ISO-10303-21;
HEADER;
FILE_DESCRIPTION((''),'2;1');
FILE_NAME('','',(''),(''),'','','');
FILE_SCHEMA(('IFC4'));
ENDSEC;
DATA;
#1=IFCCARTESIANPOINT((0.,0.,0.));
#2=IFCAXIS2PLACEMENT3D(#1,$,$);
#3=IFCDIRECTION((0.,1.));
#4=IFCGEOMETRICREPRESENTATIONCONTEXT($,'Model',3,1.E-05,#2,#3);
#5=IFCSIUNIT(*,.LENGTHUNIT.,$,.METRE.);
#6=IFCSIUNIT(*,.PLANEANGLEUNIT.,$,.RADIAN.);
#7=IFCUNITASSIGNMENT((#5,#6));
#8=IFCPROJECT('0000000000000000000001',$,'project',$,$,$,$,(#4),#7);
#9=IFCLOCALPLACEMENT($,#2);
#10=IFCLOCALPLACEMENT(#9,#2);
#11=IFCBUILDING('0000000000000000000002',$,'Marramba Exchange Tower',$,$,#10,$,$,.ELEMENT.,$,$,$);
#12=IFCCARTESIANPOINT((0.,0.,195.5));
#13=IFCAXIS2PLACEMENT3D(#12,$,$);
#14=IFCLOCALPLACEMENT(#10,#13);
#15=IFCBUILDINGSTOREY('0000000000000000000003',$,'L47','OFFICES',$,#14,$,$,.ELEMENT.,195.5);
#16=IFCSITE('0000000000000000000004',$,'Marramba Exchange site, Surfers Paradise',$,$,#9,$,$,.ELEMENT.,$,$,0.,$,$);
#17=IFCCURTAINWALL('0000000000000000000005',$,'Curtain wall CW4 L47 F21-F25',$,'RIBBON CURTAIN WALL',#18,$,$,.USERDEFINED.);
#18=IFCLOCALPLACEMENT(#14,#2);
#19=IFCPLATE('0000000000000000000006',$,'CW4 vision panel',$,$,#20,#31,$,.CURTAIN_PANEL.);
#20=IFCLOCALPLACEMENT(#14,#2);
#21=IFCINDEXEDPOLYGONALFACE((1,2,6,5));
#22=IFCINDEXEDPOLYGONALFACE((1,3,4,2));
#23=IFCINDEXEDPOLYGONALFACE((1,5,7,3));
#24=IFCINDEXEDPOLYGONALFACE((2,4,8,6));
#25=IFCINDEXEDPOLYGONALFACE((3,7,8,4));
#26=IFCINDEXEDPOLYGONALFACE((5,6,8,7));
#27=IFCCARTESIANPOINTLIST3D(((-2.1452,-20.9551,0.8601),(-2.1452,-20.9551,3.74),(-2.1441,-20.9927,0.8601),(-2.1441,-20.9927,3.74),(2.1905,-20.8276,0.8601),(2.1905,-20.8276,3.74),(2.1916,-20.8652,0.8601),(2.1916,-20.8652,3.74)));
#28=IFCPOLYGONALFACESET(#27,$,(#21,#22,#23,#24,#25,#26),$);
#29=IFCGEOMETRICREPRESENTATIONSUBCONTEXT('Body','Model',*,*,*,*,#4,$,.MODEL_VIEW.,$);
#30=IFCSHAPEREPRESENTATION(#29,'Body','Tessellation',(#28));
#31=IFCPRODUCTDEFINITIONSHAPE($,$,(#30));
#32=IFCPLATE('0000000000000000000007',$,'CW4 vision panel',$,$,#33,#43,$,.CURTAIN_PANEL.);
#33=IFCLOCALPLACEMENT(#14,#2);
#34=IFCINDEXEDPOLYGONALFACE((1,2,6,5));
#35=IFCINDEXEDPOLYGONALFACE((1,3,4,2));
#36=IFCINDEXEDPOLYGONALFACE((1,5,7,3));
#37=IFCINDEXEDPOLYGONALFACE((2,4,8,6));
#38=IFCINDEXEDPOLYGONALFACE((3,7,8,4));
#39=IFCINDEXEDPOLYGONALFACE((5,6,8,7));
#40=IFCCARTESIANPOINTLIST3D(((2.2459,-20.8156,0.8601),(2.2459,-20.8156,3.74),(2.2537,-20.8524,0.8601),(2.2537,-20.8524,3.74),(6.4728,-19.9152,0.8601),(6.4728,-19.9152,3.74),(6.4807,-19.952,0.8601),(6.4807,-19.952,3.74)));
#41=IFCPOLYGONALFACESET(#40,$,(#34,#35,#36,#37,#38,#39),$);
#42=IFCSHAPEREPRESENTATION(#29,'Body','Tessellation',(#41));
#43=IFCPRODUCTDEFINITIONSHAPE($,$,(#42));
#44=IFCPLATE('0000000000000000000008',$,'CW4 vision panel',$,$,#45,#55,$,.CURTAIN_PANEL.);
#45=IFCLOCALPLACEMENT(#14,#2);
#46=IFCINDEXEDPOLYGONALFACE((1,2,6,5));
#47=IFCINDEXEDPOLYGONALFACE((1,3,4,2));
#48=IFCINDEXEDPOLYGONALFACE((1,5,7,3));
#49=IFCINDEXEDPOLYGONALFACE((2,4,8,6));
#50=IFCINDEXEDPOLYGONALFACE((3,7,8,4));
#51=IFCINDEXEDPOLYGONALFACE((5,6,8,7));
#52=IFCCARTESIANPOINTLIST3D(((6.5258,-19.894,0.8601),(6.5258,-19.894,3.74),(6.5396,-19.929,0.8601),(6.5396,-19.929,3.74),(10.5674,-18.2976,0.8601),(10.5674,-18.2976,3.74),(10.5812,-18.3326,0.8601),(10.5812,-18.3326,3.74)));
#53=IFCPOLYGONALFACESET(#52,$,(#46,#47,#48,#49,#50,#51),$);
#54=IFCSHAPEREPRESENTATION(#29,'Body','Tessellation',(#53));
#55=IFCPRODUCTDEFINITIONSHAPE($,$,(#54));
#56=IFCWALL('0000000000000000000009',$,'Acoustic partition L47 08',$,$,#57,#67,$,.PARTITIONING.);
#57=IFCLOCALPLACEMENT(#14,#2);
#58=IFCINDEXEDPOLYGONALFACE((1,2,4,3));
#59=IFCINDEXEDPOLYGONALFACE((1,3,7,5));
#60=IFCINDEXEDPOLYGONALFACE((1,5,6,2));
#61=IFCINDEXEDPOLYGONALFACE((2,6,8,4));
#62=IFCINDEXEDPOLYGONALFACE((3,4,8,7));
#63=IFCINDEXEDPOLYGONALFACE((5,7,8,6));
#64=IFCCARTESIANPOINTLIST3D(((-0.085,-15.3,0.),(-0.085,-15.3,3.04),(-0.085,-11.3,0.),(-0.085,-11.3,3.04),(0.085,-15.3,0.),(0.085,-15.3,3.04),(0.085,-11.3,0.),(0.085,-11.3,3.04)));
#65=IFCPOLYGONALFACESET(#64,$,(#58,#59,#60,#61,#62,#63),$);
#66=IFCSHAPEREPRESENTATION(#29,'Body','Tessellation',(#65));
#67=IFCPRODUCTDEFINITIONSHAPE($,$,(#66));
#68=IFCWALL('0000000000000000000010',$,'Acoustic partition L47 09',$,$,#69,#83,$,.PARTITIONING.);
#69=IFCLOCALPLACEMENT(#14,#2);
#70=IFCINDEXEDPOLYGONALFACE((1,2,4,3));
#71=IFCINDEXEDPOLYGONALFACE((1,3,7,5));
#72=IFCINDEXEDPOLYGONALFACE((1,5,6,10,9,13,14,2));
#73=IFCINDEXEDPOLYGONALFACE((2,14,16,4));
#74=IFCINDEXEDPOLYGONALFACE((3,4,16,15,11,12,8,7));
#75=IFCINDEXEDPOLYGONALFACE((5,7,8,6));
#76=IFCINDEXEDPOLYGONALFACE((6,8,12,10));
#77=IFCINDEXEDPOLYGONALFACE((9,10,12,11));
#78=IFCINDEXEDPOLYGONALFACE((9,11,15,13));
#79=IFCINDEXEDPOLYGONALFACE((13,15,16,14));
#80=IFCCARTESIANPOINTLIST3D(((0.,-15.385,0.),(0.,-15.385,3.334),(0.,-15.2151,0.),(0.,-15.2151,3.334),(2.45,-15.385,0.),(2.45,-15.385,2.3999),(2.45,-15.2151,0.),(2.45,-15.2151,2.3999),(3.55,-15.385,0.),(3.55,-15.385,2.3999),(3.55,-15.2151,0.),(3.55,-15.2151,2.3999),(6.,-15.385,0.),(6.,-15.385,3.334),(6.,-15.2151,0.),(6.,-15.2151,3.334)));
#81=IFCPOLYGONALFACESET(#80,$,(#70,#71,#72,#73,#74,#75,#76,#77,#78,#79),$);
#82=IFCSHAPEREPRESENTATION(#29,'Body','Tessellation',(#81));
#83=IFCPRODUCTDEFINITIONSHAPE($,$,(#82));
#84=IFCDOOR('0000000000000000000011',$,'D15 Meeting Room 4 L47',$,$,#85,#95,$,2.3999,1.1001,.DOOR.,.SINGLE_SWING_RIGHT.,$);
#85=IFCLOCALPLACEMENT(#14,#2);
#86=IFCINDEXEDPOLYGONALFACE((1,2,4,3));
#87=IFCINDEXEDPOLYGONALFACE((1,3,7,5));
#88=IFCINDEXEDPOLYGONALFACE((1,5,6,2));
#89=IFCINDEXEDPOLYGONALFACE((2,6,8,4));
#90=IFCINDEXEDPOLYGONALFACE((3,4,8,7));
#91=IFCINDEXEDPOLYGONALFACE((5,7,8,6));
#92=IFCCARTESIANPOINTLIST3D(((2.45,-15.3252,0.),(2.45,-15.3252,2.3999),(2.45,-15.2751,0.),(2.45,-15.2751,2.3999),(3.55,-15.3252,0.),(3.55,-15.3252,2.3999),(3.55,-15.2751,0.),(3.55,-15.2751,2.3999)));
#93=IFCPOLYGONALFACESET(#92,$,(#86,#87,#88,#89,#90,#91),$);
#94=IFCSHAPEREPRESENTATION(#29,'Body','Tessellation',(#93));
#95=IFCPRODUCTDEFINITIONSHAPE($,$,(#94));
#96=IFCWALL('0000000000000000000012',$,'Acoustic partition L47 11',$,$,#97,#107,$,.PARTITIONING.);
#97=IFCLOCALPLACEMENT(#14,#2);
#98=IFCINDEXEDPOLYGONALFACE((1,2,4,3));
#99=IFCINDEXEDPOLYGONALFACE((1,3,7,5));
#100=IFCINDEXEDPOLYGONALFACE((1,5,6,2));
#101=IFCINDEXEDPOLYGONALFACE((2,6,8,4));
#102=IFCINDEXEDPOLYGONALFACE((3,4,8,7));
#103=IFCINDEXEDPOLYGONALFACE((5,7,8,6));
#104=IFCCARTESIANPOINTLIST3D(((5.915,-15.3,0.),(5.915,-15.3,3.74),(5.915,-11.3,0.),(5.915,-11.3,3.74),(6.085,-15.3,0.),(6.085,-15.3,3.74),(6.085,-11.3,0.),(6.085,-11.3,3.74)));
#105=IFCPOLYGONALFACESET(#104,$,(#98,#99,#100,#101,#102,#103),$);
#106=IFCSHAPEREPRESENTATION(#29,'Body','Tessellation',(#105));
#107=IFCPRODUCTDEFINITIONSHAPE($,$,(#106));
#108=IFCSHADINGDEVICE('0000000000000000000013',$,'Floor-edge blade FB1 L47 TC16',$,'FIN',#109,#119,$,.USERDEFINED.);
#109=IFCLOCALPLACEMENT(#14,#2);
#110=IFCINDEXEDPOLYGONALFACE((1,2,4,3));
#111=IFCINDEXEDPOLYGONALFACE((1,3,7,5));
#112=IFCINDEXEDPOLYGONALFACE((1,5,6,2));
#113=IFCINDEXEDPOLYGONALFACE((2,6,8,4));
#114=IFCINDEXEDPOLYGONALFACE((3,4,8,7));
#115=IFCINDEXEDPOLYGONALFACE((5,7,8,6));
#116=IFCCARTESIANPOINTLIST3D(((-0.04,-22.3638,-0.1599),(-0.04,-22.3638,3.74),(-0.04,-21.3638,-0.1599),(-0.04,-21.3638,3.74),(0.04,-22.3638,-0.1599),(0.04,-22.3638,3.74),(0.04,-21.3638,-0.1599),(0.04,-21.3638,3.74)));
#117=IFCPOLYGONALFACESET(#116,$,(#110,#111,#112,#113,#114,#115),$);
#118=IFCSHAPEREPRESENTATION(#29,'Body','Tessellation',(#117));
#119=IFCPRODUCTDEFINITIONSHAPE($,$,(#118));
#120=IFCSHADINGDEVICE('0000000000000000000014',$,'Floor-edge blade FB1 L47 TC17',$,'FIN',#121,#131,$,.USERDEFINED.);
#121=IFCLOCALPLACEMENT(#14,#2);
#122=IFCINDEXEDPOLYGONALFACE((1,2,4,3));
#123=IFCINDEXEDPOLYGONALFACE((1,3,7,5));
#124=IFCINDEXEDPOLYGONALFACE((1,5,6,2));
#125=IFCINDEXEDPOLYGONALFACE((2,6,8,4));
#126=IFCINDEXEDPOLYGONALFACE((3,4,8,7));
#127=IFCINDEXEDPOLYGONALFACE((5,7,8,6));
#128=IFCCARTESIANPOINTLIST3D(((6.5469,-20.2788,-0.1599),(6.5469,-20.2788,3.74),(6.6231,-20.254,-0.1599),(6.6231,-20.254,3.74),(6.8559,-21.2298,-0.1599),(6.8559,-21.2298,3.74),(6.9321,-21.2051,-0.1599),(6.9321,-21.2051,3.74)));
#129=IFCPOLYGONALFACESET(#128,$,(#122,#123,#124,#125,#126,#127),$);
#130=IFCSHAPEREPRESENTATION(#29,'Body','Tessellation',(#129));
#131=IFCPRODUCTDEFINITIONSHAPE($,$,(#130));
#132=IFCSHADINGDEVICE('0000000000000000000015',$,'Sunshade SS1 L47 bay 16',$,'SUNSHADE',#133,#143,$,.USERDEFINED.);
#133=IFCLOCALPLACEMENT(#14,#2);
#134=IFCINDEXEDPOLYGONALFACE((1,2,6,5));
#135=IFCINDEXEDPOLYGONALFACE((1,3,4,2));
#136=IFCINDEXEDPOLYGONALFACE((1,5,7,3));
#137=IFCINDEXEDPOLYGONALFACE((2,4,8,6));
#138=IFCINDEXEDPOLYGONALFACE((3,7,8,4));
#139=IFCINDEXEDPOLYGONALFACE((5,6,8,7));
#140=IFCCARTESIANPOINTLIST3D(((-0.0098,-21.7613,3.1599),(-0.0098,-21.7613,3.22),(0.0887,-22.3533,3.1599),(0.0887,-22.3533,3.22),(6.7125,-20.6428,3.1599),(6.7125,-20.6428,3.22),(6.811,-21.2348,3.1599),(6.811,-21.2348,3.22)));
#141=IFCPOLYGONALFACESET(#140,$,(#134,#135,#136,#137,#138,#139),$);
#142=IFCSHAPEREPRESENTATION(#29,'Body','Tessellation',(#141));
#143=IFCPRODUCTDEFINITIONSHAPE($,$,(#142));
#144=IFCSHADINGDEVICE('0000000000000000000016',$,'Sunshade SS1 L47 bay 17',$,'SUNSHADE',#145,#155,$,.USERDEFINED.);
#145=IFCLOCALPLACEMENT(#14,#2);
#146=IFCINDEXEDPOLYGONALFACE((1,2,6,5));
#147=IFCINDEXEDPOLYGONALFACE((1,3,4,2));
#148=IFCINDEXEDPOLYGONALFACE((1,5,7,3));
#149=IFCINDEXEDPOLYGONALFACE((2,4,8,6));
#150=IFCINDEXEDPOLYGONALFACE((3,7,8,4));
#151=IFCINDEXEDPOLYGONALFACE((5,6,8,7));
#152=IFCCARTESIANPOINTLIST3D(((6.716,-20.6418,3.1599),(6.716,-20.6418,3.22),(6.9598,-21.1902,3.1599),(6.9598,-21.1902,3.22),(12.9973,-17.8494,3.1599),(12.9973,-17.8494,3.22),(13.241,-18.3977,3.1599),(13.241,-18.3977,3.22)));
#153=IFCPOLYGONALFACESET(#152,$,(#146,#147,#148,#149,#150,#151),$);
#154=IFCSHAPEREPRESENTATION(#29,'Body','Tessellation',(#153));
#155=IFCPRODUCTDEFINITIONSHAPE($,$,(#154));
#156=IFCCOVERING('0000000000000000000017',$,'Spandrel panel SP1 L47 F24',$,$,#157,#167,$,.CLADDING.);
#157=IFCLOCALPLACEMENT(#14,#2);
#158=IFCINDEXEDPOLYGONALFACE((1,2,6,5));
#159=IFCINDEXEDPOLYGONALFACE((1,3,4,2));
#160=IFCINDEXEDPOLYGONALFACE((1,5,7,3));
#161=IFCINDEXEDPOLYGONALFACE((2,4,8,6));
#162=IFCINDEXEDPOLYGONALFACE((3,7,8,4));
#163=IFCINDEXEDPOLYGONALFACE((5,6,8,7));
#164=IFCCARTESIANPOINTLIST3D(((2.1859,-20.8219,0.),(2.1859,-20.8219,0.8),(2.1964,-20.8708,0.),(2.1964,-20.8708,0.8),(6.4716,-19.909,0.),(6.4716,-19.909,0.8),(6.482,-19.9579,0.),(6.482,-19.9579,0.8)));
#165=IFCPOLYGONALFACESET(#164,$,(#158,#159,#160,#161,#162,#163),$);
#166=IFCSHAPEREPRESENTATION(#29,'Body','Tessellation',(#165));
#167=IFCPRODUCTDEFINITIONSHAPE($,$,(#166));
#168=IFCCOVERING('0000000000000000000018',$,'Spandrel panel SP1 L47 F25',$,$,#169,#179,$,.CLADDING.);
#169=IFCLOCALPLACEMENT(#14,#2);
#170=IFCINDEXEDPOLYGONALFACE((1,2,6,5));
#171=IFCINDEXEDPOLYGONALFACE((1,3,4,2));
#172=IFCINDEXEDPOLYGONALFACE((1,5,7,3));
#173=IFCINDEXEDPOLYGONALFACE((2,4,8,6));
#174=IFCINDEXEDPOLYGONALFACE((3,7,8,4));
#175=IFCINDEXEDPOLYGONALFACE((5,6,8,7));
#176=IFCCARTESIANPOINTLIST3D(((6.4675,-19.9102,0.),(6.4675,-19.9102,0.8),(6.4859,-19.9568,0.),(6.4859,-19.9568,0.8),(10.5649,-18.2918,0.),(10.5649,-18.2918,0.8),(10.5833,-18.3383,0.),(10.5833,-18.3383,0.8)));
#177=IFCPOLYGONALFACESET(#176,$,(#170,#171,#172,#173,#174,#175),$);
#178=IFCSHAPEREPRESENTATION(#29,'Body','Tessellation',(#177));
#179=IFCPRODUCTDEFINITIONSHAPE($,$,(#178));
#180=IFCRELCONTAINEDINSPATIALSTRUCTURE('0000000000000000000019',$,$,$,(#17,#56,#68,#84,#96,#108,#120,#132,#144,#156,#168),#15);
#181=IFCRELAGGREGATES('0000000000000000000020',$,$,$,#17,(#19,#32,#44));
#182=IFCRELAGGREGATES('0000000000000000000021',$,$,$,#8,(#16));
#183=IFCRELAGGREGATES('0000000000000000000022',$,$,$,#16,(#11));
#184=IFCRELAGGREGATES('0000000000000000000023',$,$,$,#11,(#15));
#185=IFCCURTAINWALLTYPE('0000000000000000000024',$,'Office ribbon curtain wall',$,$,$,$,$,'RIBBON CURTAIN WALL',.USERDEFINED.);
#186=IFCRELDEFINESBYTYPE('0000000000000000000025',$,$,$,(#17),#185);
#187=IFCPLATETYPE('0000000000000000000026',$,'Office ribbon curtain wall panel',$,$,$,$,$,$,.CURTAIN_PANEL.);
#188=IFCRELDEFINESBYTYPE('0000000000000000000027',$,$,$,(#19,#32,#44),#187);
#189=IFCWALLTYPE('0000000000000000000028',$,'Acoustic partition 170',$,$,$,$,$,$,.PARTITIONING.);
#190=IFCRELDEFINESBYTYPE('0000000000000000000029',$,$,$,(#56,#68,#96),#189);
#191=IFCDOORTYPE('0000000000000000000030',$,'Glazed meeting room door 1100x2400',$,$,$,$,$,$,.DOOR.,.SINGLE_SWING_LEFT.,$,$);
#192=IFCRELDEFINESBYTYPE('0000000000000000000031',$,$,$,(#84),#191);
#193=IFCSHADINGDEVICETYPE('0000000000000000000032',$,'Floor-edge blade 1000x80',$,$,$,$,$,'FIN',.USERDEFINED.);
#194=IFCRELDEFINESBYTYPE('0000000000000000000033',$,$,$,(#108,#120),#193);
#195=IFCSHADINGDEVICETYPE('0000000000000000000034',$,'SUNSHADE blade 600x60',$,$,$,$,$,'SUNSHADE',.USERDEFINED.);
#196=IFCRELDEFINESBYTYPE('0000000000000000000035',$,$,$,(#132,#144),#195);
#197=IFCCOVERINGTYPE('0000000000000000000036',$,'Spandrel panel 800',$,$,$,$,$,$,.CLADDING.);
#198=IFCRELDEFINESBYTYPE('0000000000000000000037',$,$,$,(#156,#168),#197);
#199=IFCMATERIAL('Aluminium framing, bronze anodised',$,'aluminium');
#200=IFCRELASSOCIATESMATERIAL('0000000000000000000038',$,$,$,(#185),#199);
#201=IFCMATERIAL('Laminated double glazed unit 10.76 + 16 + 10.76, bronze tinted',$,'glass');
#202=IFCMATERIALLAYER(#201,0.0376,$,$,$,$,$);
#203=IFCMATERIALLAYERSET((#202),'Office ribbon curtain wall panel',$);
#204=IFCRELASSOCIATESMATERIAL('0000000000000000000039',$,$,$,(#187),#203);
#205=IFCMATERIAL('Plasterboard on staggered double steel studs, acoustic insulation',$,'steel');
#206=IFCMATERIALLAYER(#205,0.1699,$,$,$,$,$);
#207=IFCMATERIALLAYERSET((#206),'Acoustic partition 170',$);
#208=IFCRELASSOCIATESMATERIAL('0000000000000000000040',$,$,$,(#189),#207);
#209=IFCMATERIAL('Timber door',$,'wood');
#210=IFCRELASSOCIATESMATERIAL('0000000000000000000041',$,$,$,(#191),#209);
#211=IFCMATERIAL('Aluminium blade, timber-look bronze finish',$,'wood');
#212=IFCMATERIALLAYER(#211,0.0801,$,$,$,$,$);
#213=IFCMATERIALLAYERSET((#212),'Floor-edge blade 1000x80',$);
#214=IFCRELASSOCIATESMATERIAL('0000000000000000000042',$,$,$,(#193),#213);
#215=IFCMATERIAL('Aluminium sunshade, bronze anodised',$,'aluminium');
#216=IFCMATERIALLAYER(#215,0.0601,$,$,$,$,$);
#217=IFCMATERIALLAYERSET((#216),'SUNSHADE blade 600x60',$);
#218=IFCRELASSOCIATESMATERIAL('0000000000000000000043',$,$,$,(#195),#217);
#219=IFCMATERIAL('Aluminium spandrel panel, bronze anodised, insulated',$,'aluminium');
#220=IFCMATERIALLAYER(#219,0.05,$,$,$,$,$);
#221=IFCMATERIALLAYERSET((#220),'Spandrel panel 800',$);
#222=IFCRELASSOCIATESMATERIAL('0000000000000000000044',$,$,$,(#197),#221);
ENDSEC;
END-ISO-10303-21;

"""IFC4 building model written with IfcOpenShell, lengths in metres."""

from ifc_helpers import new_model, si_unit, direction, frame, frame_2d, origin, origin_2d, place, context, subcontext, project, spatial, rectangle, extrude, material, layer, layer_set, type_object, element, fill, aggregate, save


model = new_model("IFC4")

# Units and contexts
model_context = context("Model", 3, precision=1e-05, world=origin(), true_north=direction((0.0, 1.0)))
body_context = subcontext(model_context, "Body", "Model", "MODEL_VIEW")
ifc_project = project(units=[si_unit("LENGTHUNIT", "METRE"), si_unit("PLANEANGLEUNIT", "RADIAN")], contexts=[model_context])

# Site, building, storey
site_placement = place(None, origin())
site = spatial("IfcSite", under=ifc_project, at=site_placement, Name="Marramba Exchange site, Surfers Paradise", CompositionType="ELEMENT", RefElevation=0.0)
building_placement = place(site_placement, origin())
building = spatial("IfcBuilding", under=site, at=building_placement, Name="Marramba Exchange Tower", CompositionType="ELEMENT")
storey_placement = place(building_placement, frame((0.0, 0.0, 195.5)))
storey = spatial("IfcBuildingStorey", under=building, at=storey_placement, Name="L47", Description="OFFICES", CompositionType="ELEMENT", Elevation=195.5)

# Curtain wall
ifc_material_1 = material(Name="Aluminium framing, bronze anodised", Category="aluminium")
curtain_wall_type = type_object("IfcCurtainWallType", Name="Office ribbon curtain wall", ElementType="RIBBON CURTAIN WALL", PredefinedType="USERDEFINED", material=ifc_material_1)
curtain_wall_placement = place(storey_placement, origin())
curtain_wall = element("IfcCurtainWall", 1, at=curtain_wall_placement, inside=storey, type_object=curtain_wall_type, Name="Curtain wall CW4 L47 F21-F25", ObjectType="RIBBON CURTAIN WALL", PredefinedType="USERDEFINED")

# Plates
ifc_material_2 = material(Name="Laminated double glazed unit 10.76 + 16 + 10.76, bronze tinted", Category="glass")
ifc_layer_1 = layer(ifc_material_2, 0.0376)
ifc_layer_set_1 = layer_set([ifc_layer_1], Name="Office ribbon curtain wall panel")
plate_type = type_object("IfcPlateType", Name="Office ribbon curtain wall panel", PredefinedType="CURTAIN_PANEL", material=ifc_layer_set_1)
plate_1_placement = place(storey_placement, frame((0.0232, -20.9102, 0.8601), z_axis=(0.0, 0.0, 1.0), x_axis=(0.999568, 0.029393, 0.0)))
plate_1 = element("IfcPlate", 2, at=plate_1_placement, type_object=plate_type, Name="CW4 vision panel", PredefinedType="CURTAIN_PANEL", context=body_context, shape_type="SweptSolid", body=[
    extrude(rectangle(XDim=4.3376, YDim=0.0376, at=origin_2d()), origin(), (0.0, 0.0, 1.0), 2.8799),
])
plate_2_placement = place(storey_placement, frame((4.3633, -20.3838, 0.8601), z_axis=(0.0, 0.0, 1.0), x_axis=(0.978058, 0.208332, 0.0)))
plate_2 = element("IfcPlate", 3, at=plate_2_placement, type_object=plate_type, Name="CW4 vision panel", PredefinedType="CURTAIN_PANEL", context=body_context, shape_type="SweptSolid", body=[
    extrude(rectangle(XDim=4.3218, YDim=0.0376, at=origin_2d()), origin(), (0.0, 0.0, 1.0), 2.8799),
])
plate_3_placement = place(storey_placement, frame((8.5535, -19.1133, 0.8601), z_axis=(0.0, 0.0, 1.0), x_axis=(0.930073, 0.367375, 0.0)))
plate_3 = element("IfcPlate", 4, at=plate_3_placement, type_object=plate_type, Name="CW4 vision panel", PredefinedType="CURTAIN_PANEL", context=body_context, shape_type="SweptSolid", body=[
    extrude(rectangle(XDim=4.3455, YDim=0.0376, at=origin_2d()), origin(), (0.0, 0.0, 1.0), 2.8799),
])
aggregate(curtain_wall, [plate_1, plate_2, plate_3])

# Wall
ifc_material_3 = material(Name="Plasterboard on staggered double steel studs, acoustic insulation", Category="steel")
ifc_layer_2 = layer(ifc_material_3, 0.1699)
ifc_layer_set_2 = layer_set([ifc_layer_2], Name="Acoustic partition 170")
wall_type = type_object("IfcWallType", Name="Acoustic partition 170", PredefinedType="PARTITIONING", material=ifc_layer_set_2)
wall_1_placement = place(storey_placement, frame((0.0, -15.3, 0.0), z_axis=(0.0, 0.0, 1.0), x_axis=(0.0, 1.0, 0.0)))
element("IfcWall", 5, at=wall_1_placement, inside=storey, type_object=wall_type, Name="Acoustic partition L47 08", PredefinedType="PARTITIONING", context=body_context, shape_type="SweptSolid", body=[
    extrude(rectangle(XDim=4.0, YDim=0.1699, at=frame_2d((2.0, 0.0))), origin(), (0.0, 0.0, 1.0), 3.04),
])

# Wall, opening, door
wall_2_placement = place(storey_placement, frame((0.0, -15.3, 0.0), z_axis=(0.0, 0.0, 1.0), x_axis=(1.0, 0.0, 0.0)))
wall_2 = element("IfcWall", 6, at=wall_2_placement, inside=storey, type_object=wall_type, Name="Acoustic partition L47 09", PredefinedType="PARTITIONING", context=body_context, shape_type="SweptSolid", body=[
    extrude(rectangle(XDim=6.0, YDim=0.1699, at=frame_2d((3.0, 0.0))), origin(), (0.0, 0.0, 1.0), 3.334),
])
opening_placement = place(wall_2_placement, frame((2.45, 0.0, 0.0)))
opening = element("IfcOpeningElement", 7, at=opening_placement, cuts=wall_2, PredefinedType="OPENING", context=body_context, shape_type="SweptSolid", body=[
    extrude(rectangle(XDim=1.1001, YDim=2.3999, at=frame_2d((0.55, 1.2))), frame((0.0, 0.095, 0.0), z_axis=(0.0, -1.0, 0.0), x_axis=(1.0, 0.0, 0.0)), (0.0, 0.0, 1.0), 0.1899),
])
ifc_material_4 = material(Name="Timber door", Category="wood")
door_type = type_object("IfcDoorType", Name="Glazed meeting room door 1100x2400", OperationType="SINGLE_SWING_LEFT", PredefinedType="DOOR", material=ifc_material_4)
door_placement = place(opening_placement, origin())
door = element("IfcDoor", 8, at=door_placement, inside=storey, type_object=door_type, Name="D15 Meeting Room 4 L47", OperationType="SINGLE_SWING_RIGHT", OverallHeight=2.3999, OverallWidth=1.1001, PredefinedType="DOOR", context=body_context, shape_type="SweptSolid", body=[
    extrude(rectangle(XDim=1.1001, YDim=2.3999, at=frame_2d((0.55, 1.2))), frame((0.0, 0.0249, 0.0), z_axis=(0.0, -1.0, 0.0), x_axis=(1.0, 0.0, 0.0)), (0.0, 0.0, 1.0), 0.05),
])
fill(opening, door)

# Wall
wall_3_placement = place(storey_placement, frame((6.0, -15.3, 0.0), z_axis=(0.0, 0.0, 1.0), x_axis=(0.0, 1.0, 0.0)))
element("IfcWall", 9, at=wall_3_placement, inside=storey, type_object=wall_type, Name="Acoustic partition L47 11", PredefinedType="PARTITIONING", context=body_context, shape_type="SweptSolid", body=[
    extrude(rectangle(XDim=4.0, YDim=0.1699, at=frame_2d((2.0, 0.0))), origin(), (0.0, 0.0, 1.0), 3.74),
])

# Shading devices
ifc_material_5 = material(Name="Aluminium blade, timber-look bronze finish", Category="wood")
ifc_layer_3 = layer(ifc_material_5, 0.0801)
ifc_layer_set_3 = layer_set([ifc_layer_3], Name="Floor-edge blade 1000x80")
shading_device_type_1 = type_object("IfcShadingDeviceType", Name="Floor-edge blade 1000x80", ElementType="FIN", PredefinedType="USERDEFINED", material=ifc_layer_set_3)
for number, where, z_axis, x_axis, name in (
    (10, (0.0, -21.8638, -0.1599), (0.0, 0.0, 1.0), (0.0, -1.0, 0.0), "Floor-edge blade FB1 L47 TC16"),
    (11, (6.7395, -20.7419, -0.1599), (0.0, 0.0, 1.0), (0.309017, -0.951057, 0.0), "Floor-edge blade FB1 L47 TC17"),
):
    element("IfcShadingDevice", number, at=place(storey_placement, frame(where, z_axis=z_axis, x_axis=x_axis)), inside=storey, type_object=shading_device_type_1, Name=name, ObjectType="FIN", PredefinedType="USERDEFINED", context=body_context, shape_type="SweptSolid", body=[
        extrude(rectangle(XDim=1.0, YDim=0.0801, at=origin_2d()), origin(), (0.0, 0.0, 1.0), 3.8999),
    ])
ifc_material_6 = material(Name="Aluminium sunshade, bronze anodised", Category="aluminium")
ifc_layer_4 = layer(ifc_material_6, 0.0601)
ifc_layer_set_4 = layer_set([ifc_layer_4], Name="SUNSHADE blade 600x60")
shading_device_type_2 = type_object("IfcShadingDeviceType", Name="SUNSHADE blade 600x60", ElementType="SUNSHADE", PredefinedType="USERDEFINED", material=ifc_layer_set_4)
shading_device_1_placement = place(storey_placement, frame((3.4006, -21.498, 3.1599), z_axis=(0.0, 0.0, 1.0), x_axis=(0.98644, 0.164125, 0.0)))
element("IfcShadingDevice", 12, at=shading_device_1_placement, inside=storey, type_object=shading_device_type_2, Name="Sunshade SS1 L47 bay 16", ObjectType="SUNSHADE", PredefinedType="USERDEFINED", context=body_context, shape_type="SweptSolid", body=[
    extrude(rectangle(XDim=6.8147, YDim=0.6001, at=origin_2d()), origin(), (0.0, 0.0, 1.0), 0.0601),
])
shading_device_2_placement = place(storey_placement, frame((9.9785, -19.5198, 3.1599), z_axis=(0.0, 0.0, 1.0), x_axis=(0.913772, 0.406228, 0.0)))
element("IfcShadingDevice", 13, at=shading_device_2_placement, inside=storey, type_object=shading_device_type_2, Name="Sunshade SS1 L47 bay 17", ObjectType="SUNSHADE", PredefinedType="USERDEFINED", context=body_context, shape_type="SweptSolid", body=[
    extrude(rectangle(XDim=6.874, YDim=0.6001, at=origin_2d()), origin(), (0.0, 0.0, 1.0), 0.0601),
])

# Coverings
ifc_material_7 = material(Name="Aluminium spandrel panel, bronze anodised, insulated", Category="aluminium")
ifc_layer_5 = layer(ifc_material_7, 0.05)
ifc_layer_set_5 = layer_set([ifc_layer_5], Name="Spandrel panel 800")
covering_type = type_object("IfcCoveringType", Name="Spandrel panel 800", PredefinedType="CLADDING", material=ifc_layer_set_5)
covering_1_placement = place(storey_placement, frame((4.334, -20.3899, 0.0), z_axis=(0.0, 0.0, 1.0), x_axis=(0.978058, 0.208332, 0.0)))
element("IfcCovering", 14, at=covering_1_placement, inside=storey, type_object=covering_type, Name="Spandrel panel SP1 L47 F24", PredefinedType="CLADDING", context=body_context, shape_type="SweptSolid", body=[
    extrude(rectangle(XDim=4.3818, YDim=0.05, at=origin_2d()), origin(), (0.0, 0.0, 1.0), 0.8),
])
covering_2_placement = place(storey_placement, frame((8.5254, -19.1243, 0.0), z_axis=(0.0, 0.0, 1.0), x_axis=(0.930073, 0.367375, 0.0)))
element("IfcCovering", 15, at=covering_2_placement, inside=storey, type_object=covering_type, Name="Spandrel panel SP1 L47 F25", PredefinedType="CLADDING", context=body_context, shape_type="SweptSolid", body=[
    extrude(rectangle(XDim=4.4055, YDim=0.05, at=origin_2d()), origin(), (0.0, 0.0, 1.0), 0.8),
])

save(model, "model.ifc")
